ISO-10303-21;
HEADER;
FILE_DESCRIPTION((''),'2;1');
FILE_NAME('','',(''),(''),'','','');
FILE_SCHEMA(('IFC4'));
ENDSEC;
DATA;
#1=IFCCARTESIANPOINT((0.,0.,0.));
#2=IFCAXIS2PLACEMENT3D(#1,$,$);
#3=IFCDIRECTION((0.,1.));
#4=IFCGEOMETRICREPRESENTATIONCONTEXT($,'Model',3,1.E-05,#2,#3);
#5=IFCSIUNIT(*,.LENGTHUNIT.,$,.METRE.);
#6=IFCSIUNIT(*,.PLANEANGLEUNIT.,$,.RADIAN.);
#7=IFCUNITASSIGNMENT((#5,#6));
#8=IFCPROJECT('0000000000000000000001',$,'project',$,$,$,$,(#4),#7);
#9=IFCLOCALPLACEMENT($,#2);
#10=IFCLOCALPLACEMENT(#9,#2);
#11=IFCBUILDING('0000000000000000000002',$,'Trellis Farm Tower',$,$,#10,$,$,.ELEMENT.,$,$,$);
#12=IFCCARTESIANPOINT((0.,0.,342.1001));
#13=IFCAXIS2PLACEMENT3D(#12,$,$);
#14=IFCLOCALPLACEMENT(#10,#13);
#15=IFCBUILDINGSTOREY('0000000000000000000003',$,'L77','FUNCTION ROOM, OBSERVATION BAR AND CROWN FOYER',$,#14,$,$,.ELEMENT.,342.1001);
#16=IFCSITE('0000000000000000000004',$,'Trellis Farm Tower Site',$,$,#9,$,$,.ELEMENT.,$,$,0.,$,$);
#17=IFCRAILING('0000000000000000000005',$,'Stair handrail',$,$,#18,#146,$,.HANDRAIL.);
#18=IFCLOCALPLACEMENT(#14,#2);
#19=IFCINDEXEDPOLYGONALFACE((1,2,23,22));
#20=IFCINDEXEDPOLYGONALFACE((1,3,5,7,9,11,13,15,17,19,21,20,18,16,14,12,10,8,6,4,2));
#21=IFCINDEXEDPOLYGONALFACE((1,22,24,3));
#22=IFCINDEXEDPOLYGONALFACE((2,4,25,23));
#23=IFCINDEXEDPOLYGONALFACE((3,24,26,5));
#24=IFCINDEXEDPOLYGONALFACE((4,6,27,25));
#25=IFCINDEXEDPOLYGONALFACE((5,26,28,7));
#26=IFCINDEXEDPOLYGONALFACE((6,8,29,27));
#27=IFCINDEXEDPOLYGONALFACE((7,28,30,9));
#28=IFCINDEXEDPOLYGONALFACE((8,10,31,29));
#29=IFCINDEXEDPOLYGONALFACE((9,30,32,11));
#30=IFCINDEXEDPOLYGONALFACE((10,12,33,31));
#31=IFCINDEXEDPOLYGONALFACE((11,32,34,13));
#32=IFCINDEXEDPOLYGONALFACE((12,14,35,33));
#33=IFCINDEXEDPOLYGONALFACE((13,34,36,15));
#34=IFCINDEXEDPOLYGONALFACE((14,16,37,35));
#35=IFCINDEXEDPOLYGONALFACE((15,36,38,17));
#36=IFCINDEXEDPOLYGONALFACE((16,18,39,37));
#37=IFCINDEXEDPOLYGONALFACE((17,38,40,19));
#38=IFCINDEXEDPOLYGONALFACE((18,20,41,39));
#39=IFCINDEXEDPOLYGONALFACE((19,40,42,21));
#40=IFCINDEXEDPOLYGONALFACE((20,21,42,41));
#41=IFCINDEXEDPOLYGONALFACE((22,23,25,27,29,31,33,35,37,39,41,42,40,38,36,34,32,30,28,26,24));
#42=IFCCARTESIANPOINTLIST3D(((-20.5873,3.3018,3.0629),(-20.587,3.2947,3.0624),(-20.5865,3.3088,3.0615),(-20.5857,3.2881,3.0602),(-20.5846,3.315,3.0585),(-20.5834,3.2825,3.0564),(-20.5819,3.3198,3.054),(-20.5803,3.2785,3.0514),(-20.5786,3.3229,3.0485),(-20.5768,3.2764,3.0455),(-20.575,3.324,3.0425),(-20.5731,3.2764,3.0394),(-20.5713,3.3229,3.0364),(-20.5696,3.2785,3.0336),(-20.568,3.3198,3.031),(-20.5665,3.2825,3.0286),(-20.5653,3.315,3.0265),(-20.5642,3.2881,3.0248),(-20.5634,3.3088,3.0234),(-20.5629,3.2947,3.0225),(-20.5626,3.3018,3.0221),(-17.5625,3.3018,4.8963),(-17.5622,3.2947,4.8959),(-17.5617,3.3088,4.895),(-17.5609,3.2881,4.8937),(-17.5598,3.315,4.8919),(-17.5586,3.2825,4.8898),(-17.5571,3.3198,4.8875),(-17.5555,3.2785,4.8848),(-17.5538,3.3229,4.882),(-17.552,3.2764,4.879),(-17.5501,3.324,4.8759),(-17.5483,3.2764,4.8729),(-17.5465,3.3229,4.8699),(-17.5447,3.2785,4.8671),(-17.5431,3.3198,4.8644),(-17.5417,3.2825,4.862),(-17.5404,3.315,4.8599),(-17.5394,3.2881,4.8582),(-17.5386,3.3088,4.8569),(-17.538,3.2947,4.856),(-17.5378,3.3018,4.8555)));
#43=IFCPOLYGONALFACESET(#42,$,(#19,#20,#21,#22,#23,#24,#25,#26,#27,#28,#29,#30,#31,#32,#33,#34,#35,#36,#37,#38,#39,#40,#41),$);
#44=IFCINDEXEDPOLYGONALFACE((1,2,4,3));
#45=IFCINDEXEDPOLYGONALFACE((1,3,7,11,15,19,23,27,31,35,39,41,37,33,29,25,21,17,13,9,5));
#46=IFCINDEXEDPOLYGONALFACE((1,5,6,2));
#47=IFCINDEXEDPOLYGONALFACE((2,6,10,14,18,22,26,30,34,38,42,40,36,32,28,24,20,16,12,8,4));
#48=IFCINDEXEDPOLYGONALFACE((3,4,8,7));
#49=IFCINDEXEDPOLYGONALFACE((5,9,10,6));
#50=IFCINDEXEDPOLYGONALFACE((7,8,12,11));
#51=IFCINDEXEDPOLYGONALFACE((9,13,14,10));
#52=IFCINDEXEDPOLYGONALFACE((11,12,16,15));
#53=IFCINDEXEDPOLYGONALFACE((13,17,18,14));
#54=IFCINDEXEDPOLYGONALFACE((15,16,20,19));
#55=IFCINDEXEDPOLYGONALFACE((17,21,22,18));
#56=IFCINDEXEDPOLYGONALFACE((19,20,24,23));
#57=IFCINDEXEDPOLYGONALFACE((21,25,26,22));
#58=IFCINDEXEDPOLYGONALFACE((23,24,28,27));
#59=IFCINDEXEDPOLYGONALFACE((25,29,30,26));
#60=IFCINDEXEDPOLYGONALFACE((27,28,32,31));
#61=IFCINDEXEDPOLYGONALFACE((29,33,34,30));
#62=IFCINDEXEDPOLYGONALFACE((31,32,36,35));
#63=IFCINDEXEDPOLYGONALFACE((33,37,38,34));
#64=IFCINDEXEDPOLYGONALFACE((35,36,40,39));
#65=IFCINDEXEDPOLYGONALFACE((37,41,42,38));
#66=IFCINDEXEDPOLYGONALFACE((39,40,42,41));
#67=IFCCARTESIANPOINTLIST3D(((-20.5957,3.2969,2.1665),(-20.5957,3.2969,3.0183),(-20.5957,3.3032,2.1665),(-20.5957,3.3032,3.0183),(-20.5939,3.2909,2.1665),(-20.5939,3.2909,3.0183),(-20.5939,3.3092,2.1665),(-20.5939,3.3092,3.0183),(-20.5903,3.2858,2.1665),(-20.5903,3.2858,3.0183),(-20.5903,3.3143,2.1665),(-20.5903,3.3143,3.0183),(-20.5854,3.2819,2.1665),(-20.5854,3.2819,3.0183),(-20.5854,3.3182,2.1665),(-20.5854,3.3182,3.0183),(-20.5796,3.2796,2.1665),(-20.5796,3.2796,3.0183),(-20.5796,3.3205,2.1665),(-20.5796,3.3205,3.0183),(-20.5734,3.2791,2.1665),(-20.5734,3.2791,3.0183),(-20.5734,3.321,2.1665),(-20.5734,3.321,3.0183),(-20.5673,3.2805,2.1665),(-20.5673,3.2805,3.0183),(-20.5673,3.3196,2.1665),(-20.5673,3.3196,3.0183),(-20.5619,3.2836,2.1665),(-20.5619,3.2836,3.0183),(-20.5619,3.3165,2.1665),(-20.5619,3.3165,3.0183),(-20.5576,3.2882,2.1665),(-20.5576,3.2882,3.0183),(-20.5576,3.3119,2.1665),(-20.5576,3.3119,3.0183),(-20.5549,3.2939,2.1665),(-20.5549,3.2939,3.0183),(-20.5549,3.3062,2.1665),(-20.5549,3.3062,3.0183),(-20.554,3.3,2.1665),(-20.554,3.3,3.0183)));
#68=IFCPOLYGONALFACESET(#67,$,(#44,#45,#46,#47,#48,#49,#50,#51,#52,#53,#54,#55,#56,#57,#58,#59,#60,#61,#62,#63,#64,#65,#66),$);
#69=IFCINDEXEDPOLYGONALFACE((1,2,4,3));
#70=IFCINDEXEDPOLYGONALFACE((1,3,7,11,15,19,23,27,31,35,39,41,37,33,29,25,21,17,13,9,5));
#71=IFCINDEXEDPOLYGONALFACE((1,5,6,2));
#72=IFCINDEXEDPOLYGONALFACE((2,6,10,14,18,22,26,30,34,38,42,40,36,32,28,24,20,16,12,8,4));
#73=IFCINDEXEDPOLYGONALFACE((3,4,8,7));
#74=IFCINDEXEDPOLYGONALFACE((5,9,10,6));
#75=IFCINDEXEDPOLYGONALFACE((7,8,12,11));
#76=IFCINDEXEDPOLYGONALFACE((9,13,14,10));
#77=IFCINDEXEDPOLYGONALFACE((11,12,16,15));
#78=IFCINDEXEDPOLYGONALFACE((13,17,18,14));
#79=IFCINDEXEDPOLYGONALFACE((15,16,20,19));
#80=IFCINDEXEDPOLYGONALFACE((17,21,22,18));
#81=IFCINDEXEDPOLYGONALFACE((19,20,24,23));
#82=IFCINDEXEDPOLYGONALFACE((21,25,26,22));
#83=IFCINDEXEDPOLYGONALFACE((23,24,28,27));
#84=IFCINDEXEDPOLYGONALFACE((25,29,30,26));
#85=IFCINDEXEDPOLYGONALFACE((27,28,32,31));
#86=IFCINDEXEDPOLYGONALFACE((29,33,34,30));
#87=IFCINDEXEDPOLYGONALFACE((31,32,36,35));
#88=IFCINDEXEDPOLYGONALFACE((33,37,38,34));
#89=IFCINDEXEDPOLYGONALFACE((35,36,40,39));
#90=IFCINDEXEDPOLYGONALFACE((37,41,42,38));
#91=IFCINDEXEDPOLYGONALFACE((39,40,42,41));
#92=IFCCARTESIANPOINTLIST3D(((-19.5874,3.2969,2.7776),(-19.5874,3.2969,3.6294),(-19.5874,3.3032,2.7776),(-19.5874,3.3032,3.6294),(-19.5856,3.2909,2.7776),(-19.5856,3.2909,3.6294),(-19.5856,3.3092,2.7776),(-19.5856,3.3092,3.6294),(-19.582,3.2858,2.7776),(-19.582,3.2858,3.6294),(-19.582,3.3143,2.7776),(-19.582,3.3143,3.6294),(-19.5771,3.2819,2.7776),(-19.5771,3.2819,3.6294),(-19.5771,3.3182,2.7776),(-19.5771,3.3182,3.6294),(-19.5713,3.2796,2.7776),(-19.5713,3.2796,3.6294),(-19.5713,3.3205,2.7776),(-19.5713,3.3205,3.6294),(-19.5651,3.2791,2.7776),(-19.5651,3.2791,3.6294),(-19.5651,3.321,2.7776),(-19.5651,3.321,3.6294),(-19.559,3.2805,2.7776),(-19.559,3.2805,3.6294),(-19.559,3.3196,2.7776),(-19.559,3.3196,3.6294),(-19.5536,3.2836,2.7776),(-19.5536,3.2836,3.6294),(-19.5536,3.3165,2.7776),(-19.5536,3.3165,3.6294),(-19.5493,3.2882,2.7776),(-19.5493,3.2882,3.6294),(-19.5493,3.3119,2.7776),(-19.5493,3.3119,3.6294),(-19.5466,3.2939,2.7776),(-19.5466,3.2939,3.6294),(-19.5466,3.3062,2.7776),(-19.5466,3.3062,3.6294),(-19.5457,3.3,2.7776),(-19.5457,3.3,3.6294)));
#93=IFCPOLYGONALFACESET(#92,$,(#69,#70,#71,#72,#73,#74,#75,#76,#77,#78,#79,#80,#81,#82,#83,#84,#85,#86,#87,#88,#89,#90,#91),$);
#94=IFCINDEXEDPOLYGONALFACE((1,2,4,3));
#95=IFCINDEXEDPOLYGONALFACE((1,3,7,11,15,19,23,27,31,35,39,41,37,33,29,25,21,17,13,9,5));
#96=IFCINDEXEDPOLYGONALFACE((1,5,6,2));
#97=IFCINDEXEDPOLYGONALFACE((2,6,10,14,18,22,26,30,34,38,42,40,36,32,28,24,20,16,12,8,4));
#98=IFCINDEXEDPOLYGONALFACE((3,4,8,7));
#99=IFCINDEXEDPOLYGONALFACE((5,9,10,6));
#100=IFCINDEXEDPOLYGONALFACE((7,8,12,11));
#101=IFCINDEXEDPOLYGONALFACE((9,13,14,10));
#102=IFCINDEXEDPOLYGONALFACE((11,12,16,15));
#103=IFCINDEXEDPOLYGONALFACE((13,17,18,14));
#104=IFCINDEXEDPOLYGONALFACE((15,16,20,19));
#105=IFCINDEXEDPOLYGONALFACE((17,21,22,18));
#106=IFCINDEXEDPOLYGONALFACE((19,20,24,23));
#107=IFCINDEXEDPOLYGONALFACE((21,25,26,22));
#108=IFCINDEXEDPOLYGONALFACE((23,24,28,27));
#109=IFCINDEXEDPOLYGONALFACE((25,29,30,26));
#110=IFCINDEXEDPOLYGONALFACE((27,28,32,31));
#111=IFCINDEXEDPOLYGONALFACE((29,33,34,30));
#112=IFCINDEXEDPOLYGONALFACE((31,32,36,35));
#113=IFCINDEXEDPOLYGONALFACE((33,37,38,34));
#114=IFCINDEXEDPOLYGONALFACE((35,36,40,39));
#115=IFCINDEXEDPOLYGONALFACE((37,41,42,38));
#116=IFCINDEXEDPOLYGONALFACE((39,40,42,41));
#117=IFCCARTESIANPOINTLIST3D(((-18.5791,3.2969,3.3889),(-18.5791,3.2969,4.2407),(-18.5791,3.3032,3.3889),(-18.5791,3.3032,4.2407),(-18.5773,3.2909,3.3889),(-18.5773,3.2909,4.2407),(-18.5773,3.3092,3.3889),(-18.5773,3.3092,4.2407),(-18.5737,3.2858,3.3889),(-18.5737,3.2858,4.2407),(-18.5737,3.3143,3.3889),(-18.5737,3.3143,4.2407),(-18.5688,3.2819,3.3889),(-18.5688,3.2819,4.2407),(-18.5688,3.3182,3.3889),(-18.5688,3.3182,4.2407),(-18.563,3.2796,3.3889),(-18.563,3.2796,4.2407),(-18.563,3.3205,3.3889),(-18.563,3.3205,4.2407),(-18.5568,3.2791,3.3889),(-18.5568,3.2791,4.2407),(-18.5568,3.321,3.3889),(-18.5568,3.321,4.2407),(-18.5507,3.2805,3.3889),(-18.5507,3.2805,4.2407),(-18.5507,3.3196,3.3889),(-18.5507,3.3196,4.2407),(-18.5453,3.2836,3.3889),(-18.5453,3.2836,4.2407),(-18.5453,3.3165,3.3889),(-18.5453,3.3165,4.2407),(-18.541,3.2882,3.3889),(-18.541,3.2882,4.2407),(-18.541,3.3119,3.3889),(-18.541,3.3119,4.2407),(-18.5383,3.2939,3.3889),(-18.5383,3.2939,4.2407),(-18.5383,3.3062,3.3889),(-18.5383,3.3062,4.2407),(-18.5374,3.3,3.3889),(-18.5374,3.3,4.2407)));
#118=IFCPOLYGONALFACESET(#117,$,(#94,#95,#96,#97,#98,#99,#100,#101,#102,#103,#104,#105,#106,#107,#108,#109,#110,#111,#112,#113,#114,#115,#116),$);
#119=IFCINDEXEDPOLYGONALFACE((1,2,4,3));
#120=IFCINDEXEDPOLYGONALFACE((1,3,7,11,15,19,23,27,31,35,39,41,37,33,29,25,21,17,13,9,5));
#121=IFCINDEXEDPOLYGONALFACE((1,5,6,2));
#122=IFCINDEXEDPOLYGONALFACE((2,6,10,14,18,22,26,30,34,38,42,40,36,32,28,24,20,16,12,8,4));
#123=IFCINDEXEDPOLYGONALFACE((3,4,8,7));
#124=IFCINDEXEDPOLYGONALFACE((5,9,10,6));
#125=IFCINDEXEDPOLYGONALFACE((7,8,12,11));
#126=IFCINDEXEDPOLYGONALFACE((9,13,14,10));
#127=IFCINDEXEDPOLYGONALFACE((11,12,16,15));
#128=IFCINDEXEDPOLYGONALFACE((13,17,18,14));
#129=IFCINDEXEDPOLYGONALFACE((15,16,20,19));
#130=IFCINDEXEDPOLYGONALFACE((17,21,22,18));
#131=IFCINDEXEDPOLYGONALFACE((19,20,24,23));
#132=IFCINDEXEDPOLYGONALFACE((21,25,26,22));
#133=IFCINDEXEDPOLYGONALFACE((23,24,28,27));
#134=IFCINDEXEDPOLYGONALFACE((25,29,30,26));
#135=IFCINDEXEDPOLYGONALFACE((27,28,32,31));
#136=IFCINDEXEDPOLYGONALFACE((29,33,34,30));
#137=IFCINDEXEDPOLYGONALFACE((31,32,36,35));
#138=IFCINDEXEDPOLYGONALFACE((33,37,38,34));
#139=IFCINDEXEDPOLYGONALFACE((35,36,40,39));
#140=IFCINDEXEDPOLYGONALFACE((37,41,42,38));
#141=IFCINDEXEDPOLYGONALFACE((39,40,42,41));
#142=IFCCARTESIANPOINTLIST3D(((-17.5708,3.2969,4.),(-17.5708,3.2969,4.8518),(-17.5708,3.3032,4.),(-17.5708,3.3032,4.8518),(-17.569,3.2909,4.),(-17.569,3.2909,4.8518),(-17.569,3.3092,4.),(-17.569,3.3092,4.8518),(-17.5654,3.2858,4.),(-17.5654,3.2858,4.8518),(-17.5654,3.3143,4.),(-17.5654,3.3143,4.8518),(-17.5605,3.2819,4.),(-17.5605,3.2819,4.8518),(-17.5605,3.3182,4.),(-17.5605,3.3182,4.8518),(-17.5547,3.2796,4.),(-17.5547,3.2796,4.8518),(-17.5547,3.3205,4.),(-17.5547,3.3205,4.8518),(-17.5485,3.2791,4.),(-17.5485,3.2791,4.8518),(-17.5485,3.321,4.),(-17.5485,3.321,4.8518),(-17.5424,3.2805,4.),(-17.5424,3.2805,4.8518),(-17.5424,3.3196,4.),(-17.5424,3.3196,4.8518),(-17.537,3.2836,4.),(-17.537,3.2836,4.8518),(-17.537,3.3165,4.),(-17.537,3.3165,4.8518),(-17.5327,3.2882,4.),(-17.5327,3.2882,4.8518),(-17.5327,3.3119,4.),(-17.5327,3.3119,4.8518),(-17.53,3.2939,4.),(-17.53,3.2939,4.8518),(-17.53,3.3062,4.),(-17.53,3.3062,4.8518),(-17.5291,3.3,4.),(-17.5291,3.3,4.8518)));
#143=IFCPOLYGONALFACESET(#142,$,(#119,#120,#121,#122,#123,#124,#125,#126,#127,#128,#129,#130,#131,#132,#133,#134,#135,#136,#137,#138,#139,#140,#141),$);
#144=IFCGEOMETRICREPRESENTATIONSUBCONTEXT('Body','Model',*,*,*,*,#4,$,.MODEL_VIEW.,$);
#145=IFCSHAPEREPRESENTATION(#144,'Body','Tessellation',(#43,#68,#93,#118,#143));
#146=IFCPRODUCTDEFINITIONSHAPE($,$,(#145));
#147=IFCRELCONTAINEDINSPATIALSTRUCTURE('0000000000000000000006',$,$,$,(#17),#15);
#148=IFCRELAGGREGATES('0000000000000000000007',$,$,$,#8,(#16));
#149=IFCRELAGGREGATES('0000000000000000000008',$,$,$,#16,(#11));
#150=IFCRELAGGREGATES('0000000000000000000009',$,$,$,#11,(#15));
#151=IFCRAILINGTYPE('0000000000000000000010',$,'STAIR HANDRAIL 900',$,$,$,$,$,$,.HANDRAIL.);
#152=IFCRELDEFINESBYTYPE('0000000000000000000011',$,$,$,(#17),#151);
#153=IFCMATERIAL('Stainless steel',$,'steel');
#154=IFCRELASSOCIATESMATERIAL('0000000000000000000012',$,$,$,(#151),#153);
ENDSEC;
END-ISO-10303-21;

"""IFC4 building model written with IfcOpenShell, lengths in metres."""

from ifc_helpers import new_model, si_unit, direction, frame, origin, origin_2d, place, context, subcontext, project, spatial, circle, extrude, source, transform, mapped, material, type_object, element, save


model = new_model("IFC4")

# Units and contexts
model_context = context("Model", 3, precision=1e-05, world=origin(), true_north=direction((0.0, 1.0)))
body_context = subcontext(model_context, "Body", "Model", "MODEL_VIEW")
ifc_project = project(units=[si_unit("LENGTHUNIT", "METRE"), si_unit("PLANEANGLEUNIT", "RADIAN")], contexts=[model_context])

# Site, building, storey
site_placement = place(None, origin())
site = spatial("IfcSite", under=ifc_project, at=site_placement, Name="Trellis Farm Tower Site", CompositionType="ELEMENT", RefElevation=0.0)
building_placement = place(site_placement, origin())
building = spatial("IfcBuilding", under=site, at=building_placement, Name="Trellis Farm Tower", CompositionType="ELEMENT")
storey_placement = place(building_placement, frame((0.0, 0.0, 342.1001)))
storey = spatial("IfcBuildingStorey", under=building, at=storey_placement, Name="L77", Description="FUNCTION ROOM, OBSERVATION BAR AND CROWN FOYER", CompositionType="ELEMENT", Elevation=342.1001)

# Railing
ifc_material_1 = material(Name="Stainless steel", Category="steel")
railing_type = type_object("IfcRailingType", Name="STAIR HANDRAIL 900", PredefinedType="HANDRAIL", material=ifc_material_1)
shared_shape_1 = source(origin(), body_context, "Body", "SweptSolid", [
    extrude(circle(Radius=0.0239, at=origin_2d()), frame((0.0, 0.0, 0.876), z_axis=(0.85517, 0.0, 0.518348), x_axis=(0.0, 1.0, 0.0)), (0.0, 0.0, 1.0), 3.5371),
    extrude(circle(Radius=0.021, at=origin_2d()), origin(), (0.0, 0.0, 1.0), 0.8518),
    extrude(circle(Radius=0.021, at=origin_2d()), frame((1.0083, 0.0, 0.6111)), (0.0, 0.0, 1.0), 0.8518),
    extrude(circle(Radius=0.021, at=origin_2d()), frame((2.0166, 0.0, 1.2224)), (0.0, 0.0, 1.0), 0.8518),
    extrude(circle(Radius=0.021, at=origin_2d()), frame((3.0249, 0.0, 1.8335)), (0.0, 0.0, 1.0), 0.8518),
])
for number, where, name in (
    (1, (-20.575, 3.3, 2.1665), "Stair handrail"),
):
    element("IfcRailing", number, at=place(storey_placement, frame(where)), inside=storey, type_object=railing_type, Name=name, PredefinedType="HANDRAIL", context=body_context, shape_type="MappedRepresentation", body=[
        mapped(shared_shape_1, transform((0.0, 0.0, 0.0))),
    ])

save(model, "model.ifc")
